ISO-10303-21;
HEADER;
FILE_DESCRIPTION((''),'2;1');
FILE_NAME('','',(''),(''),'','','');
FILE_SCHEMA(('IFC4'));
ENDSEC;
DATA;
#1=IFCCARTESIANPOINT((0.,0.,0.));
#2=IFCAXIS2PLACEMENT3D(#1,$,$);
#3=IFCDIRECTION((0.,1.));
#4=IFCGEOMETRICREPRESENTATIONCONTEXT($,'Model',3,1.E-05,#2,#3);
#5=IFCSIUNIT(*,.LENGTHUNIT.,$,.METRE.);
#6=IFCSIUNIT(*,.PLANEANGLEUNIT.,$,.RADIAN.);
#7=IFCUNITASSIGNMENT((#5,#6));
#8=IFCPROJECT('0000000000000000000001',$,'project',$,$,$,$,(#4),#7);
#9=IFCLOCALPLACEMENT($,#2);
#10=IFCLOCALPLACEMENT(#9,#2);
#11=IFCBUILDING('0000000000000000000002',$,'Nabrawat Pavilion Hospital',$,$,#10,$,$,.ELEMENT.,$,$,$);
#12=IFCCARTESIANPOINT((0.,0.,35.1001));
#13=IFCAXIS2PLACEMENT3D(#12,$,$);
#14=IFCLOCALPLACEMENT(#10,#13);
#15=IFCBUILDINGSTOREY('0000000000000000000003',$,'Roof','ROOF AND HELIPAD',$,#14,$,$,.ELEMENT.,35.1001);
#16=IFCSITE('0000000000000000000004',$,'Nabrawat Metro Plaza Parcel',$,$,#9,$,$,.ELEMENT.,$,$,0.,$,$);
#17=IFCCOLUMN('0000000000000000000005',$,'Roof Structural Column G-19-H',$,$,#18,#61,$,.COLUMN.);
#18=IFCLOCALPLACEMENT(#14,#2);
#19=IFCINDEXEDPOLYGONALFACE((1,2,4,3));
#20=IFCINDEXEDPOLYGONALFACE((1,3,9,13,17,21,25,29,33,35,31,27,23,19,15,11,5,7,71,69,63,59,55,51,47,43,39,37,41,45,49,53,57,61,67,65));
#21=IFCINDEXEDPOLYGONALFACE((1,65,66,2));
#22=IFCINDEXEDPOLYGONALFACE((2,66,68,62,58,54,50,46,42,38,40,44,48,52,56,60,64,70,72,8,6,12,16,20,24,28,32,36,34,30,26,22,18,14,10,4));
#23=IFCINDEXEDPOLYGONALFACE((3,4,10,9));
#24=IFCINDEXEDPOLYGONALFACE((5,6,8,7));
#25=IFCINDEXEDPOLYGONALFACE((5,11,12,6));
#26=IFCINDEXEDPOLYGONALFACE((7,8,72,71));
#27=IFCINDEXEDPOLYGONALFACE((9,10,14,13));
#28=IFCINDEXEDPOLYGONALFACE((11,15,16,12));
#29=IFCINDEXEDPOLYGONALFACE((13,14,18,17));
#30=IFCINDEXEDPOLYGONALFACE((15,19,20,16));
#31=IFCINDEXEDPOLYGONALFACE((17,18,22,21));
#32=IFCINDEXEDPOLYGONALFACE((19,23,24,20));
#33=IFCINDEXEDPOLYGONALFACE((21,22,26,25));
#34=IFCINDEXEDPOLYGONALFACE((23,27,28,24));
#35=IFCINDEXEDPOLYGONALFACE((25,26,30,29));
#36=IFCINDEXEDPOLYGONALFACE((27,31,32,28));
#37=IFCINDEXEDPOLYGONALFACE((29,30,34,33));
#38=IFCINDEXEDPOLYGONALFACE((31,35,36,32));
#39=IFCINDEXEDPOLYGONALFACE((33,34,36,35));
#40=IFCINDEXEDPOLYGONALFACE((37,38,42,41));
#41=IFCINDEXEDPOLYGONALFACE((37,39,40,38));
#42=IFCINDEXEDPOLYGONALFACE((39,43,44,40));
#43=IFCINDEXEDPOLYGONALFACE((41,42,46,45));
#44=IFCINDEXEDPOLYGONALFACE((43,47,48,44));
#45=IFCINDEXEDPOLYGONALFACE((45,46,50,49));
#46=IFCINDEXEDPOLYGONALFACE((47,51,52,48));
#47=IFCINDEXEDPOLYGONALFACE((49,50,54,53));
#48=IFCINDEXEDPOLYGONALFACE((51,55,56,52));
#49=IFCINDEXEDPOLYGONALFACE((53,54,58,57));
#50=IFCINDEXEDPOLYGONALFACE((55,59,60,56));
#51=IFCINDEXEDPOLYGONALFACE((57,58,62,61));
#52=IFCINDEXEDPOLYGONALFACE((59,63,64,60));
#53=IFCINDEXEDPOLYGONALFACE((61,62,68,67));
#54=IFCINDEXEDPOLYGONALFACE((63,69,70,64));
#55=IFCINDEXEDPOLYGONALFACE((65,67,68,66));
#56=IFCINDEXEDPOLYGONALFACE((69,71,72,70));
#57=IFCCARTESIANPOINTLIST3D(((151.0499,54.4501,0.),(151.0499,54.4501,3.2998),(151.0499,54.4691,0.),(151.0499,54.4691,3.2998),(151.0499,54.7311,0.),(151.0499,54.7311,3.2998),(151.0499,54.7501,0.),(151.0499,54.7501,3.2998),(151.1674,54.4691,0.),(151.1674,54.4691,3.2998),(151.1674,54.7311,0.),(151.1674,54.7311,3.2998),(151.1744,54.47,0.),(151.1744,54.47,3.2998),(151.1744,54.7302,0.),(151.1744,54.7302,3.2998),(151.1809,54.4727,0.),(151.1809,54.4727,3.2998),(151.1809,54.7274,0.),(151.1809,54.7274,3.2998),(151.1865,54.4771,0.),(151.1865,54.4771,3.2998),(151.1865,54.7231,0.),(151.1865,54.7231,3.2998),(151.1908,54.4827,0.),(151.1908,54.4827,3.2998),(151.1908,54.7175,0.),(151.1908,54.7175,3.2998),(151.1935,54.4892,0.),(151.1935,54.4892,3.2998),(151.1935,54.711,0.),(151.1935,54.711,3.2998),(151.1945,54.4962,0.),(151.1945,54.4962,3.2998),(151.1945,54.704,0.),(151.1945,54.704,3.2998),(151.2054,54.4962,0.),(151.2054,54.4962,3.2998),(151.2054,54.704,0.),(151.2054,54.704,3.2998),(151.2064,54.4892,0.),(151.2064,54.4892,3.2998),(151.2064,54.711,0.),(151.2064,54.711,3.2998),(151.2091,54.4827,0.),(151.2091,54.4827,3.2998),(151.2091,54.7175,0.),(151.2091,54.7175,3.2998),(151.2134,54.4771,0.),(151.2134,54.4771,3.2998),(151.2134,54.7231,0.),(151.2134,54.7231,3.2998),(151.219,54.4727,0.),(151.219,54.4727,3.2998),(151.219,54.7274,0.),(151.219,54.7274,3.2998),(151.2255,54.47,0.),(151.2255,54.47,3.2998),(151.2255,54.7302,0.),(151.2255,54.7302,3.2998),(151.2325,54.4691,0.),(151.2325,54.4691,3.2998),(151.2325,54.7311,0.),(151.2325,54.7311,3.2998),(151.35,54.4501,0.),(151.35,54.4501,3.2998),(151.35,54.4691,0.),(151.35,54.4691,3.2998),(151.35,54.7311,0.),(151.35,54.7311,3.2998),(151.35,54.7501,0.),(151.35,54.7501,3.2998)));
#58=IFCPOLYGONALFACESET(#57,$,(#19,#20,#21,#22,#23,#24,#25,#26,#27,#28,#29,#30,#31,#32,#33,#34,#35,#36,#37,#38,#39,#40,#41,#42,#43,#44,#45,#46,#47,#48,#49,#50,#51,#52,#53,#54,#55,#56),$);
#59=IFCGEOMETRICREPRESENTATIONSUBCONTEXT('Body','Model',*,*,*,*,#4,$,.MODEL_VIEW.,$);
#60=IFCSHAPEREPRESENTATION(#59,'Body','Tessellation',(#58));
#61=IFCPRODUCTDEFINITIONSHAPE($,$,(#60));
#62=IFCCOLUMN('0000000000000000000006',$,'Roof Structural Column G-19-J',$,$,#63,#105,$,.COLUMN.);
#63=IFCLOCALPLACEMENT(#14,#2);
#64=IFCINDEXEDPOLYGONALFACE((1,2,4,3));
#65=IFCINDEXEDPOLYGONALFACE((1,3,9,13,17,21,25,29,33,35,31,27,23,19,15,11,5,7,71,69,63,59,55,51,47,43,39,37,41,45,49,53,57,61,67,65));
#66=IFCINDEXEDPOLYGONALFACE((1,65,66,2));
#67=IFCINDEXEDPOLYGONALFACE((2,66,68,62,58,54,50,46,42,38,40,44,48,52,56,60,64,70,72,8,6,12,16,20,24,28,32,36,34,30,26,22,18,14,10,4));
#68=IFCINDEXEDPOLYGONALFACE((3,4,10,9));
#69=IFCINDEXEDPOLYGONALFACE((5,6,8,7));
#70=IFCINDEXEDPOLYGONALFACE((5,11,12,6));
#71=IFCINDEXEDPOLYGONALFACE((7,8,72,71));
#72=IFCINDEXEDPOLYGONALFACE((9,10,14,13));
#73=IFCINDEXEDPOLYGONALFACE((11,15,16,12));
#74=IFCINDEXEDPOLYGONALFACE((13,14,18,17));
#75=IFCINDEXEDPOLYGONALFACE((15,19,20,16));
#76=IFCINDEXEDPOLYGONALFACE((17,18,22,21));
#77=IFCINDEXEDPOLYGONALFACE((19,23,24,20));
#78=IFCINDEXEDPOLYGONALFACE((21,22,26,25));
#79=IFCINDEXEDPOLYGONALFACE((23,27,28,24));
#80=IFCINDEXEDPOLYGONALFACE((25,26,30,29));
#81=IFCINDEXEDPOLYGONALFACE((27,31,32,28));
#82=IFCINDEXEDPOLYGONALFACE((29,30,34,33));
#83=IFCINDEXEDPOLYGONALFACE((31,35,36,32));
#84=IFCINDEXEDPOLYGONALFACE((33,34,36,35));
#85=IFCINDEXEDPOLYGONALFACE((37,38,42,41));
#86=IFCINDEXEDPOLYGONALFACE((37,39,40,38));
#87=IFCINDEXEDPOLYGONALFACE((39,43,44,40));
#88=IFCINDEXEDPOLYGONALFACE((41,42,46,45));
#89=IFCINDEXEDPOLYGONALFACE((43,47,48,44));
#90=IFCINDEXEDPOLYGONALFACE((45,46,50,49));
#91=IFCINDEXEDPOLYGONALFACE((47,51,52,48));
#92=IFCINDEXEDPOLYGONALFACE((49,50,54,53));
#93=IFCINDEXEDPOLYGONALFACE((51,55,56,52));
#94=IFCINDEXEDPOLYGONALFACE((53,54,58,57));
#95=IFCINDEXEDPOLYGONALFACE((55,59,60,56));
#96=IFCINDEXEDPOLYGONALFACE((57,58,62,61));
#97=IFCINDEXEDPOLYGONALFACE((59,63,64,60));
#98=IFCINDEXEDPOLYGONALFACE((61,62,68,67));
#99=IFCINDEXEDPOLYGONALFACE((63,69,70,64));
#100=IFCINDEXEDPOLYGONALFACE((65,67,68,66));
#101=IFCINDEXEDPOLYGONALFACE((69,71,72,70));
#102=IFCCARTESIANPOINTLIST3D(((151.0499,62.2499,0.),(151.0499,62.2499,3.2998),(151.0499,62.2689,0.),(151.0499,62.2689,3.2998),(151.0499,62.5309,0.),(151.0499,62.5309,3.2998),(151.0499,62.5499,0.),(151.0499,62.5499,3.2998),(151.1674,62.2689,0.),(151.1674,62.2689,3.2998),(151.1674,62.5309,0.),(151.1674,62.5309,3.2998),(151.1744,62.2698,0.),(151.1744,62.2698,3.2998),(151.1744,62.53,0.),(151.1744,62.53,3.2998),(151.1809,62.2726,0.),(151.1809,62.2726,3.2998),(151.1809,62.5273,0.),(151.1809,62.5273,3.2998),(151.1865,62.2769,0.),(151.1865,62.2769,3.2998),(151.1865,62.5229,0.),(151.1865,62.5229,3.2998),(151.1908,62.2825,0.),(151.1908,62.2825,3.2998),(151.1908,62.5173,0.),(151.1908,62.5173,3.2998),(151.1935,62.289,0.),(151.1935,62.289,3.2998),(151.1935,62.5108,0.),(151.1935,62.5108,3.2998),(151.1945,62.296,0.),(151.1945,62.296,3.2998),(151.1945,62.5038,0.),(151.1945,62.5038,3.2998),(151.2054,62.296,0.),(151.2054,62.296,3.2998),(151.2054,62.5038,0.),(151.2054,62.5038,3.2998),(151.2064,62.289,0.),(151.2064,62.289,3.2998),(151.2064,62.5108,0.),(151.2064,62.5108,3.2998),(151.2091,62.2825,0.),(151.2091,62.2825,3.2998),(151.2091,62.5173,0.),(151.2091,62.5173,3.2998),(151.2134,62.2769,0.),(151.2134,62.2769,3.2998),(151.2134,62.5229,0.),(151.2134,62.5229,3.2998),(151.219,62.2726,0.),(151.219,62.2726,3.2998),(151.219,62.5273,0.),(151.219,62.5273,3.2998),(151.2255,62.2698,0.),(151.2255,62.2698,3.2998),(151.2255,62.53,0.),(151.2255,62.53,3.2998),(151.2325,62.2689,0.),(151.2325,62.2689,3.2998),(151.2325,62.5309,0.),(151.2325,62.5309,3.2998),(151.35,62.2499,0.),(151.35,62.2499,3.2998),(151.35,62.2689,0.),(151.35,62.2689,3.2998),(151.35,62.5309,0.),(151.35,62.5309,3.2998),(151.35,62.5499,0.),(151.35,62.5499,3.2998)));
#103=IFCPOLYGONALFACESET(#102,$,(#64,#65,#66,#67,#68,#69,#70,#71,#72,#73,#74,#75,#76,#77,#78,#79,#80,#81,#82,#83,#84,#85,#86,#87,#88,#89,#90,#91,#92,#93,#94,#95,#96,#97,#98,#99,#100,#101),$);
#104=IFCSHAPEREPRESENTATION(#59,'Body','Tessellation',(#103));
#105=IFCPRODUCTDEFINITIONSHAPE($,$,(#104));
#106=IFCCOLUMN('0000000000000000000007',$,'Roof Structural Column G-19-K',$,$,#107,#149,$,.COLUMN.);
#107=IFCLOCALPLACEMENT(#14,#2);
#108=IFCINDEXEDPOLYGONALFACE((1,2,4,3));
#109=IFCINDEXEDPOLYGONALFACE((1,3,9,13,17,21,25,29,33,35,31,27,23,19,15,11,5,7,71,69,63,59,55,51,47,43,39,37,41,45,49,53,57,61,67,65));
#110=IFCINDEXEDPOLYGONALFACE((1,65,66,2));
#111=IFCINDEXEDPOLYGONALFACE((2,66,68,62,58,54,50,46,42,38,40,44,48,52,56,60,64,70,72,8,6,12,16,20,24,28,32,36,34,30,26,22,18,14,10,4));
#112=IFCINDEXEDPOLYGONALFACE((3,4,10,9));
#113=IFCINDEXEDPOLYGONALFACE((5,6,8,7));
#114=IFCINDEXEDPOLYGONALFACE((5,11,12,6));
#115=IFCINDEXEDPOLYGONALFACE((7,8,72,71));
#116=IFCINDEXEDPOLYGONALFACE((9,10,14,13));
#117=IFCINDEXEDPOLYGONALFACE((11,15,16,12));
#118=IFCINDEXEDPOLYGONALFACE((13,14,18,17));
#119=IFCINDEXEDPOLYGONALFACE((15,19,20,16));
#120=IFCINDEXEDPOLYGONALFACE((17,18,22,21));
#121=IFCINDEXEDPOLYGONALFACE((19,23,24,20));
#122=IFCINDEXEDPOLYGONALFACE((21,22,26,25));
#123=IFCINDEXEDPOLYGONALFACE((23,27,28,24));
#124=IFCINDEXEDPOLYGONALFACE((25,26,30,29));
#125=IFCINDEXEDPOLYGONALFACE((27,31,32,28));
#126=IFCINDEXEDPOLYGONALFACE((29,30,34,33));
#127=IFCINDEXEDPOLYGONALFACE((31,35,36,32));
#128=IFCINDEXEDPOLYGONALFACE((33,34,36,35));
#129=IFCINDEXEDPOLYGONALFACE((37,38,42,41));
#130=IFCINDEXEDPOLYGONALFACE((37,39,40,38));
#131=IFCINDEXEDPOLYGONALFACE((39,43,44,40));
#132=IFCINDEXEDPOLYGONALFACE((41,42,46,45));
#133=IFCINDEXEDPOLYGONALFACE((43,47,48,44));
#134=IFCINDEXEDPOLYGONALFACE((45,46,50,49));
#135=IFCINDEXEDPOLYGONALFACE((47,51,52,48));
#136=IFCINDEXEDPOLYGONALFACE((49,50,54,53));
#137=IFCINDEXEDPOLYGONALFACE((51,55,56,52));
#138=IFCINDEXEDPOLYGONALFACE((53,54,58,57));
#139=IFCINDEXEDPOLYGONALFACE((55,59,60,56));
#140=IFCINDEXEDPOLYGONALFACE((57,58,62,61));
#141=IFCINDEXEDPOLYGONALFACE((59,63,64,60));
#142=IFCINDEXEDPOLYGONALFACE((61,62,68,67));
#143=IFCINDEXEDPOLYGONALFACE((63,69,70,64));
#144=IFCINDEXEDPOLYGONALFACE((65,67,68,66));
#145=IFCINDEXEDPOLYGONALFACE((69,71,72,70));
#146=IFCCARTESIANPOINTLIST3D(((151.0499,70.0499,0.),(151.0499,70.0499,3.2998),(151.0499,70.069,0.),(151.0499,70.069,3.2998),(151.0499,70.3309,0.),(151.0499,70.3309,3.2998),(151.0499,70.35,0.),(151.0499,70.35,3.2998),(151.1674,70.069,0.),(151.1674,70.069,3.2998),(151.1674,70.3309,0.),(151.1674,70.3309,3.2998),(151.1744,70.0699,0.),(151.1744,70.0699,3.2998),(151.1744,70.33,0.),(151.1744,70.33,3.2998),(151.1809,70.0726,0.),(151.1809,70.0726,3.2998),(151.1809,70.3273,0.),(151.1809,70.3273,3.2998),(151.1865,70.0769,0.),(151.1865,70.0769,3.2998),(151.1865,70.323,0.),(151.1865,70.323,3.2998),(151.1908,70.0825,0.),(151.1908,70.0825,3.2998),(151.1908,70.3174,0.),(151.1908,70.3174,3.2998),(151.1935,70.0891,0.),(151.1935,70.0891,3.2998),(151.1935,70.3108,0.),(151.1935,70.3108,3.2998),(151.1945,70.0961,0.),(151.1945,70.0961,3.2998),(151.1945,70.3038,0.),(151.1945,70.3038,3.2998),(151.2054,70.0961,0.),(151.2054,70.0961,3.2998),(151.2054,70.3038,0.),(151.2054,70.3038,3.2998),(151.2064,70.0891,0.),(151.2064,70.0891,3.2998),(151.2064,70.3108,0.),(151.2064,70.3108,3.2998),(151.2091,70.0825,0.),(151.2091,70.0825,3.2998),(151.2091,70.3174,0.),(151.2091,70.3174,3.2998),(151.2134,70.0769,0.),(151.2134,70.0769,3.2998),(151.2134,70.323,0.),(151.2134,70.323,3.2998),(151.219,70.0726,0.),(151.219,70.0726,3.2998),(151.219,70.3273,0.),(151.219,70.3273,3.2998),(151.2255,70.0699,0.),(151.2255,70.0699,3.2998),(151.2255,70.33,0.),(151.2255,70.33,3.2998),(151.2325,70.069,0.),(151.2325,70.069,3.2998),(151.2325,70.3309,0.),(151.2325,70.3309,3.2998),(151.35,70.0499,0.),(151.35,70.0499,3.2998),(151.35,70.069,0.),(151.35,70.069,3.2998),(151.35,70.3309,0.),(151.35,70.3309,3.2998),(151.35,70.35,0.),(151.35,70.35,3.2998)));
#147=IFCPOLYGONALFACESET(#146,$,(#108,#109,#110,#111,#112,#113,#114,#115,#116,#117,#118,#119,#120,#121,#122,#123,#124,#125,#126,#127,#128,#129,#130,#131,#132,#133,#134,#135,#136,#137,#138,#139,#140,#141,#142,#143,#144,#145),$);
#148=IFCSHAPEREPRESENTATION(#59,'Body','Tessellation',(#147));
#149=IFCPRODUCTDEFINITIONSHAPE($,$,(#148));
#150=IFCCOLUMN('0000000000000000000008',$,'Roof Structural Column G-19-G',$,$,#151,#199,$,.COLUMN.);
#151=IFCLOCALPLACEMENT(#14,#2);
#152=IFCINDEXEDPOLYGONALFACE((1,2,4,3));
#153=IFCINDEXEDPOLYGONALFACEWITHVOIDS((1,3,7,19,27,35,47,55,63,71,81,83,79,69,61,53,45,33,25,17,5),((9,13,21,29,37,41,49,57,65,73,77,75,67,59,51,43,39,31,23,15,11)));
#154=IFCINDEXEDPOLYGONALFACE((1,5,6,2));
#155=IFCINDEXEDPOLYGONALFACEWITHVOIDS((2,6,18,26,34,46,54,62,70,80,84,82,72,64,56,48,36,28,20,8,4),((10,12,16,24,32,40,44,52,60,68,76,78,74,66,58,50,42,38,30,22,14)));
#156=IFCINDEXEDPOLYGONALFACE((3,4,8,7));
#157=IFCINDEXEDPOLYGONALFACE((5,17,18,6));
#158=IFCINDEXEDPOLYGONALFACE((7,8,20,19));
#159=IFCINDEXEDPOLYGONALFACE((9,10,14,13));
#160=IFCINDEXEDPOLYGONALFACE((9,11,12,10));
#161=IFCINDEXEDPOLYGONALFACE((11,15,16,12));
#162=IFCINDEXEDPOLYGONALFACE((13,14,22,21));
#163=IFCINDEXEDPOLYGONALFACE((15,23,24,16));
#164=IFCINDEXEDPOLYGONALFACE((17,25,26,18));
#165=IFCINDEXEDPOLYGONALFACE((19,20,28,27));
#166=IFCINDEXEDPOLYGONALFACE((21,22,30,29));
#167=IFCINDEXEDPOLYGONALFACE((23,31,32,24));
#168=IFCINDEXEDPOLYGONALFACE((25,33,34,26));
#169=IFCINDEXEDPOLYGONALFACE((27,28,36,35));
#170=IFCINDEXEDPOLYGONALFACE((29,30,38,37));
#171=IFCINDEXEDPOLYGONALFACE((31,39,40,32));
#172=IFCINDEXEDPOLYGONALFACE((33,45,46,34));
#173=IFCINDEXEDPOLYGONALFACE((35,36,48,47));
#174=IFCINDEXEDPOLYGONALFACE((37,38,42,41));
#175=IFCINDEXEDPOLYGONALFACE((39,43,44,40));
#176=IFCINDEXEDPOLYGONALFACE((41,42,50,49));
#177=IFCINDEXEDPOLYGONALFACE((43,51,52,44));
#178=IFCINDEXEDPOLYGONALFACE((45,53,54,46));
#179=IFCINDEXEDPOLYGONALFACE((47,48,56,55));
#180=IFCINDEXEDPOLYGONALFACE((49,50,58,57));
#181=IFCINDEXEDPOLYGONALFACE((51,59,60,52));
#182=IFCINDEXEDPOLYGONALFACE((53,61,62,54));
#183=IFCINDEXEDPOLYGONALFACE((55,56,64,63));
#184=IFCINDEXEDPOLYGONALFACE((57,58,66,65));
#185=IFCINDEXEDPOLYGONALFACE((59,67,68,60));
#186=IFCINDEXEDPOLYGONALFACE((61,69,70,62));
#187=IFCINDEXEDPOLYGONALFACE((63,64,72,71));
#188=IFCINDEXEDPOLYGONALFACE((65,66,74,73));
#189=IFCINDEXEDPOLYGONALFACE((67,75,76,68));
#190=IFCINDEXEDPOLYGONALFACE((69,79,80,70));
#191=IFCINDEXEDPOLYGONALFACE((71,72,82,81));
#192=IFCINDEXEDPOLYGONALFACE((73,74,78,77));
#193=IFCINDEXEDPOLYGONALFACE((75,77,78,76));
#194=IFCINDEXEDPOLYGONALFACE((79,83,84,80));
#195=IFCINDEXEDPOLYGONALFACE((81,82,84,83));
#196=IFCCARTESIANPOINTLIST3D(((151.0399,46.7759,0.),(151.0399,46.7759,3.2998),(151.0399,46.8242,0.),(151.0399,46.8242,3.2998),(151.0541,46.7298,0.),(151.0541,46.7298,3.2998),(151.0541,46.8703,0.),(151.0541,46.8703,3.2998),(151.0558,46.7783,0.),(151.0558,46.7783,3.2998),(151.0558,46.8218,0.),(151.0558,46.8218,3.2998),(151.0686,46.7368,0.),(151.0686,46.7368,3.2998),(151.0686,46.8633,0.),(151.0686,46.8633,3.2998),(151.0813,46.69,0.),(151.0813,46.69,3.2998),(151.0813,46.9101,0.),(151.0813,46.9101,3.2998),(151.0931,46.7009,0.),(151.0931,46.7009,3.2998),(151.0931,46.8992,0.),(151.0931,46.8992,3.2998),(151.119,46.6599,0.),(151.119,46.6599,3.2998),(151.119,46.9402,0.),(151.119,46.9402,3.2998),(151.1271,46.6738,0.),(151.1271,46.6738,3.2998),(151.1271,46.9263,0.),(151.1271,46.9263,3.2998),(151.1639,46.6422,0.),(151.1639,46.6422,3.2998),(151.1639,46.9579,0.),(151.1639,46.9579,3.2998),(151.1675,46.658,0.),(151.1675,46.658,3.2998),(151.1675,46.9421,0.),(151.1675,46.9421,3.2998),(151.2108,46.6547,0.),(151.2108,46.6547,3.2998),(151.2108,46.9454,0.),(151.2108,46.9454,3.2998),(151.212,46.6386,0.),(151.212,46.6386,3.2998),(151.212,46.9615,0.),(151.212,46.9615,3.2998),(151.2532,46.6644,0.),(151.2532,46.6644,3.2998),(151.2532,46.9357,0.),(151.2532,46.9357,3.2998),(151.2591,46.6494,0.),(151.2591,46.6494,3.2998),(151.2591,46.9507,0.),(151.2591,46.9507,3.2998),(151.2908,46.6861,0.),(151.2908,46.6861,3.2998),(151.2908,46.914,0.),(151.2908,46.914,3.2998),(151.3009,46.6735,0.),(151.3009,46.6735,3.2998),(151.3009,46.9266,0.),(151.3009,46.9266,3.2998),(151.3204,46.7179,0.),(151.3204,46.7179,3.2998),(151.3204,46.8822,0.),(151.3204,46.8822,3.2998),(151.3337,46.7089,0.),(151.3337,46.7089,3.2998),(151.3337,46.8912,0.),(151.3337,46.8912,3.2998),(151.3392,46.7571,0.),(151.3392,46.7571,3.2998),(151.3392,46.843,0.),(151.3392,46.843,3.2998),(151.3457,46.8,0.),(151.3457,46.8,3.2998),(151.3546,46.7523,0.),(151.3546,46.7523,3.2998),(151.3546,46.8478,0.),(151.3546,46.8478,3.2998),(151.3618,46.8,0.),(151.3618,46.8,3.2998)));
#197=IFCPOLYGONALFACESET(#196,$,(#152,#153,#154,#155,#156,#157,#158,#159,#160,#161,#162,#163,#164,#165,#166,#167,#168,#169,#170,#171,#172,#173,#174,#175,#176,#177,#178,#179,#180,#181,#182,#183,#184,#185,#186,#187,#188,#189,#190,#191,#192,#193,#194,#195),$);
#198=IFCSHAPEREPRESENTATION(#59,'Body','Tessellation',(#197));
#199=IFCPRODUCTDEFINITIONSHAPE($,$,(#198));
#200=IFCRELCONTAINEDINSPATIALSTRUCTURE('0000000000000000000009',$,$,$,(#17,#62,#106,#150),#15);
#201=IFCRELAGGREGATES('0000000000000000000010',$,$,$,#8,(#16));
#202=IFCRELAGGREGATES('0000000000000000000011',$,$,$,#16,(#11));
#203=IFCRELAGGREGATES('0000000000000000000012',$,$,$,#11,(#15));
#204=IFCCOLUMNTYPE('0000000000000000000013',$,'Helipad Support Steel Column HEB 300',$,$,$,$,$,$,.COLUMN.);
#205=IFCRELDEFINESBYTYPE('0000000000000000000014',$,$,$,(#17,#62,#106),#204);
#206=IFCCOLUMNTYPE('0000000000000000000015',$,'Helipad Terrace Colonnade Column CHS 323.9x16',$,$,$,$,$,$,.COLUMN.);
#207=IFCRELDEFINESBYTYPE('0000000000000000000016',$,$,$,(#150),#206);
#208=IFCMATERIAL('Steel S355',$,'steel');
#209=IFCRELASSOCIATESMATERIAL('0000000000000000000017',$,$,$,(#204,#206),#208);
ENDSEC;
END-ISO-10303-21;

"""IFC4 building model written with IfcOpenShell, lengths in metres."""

from ifc_helpers import new_model, si_unit, direction, frame, origin, origin_2d, place, context, subcontext, project, spatial, hollow_circle, i_section, extrude, material, material_profile, profile_set, type_object, element, save


model = new_model("IFC4")

# Units and contexts
model_context = context("Model", 3, precision=1e-05, world=origin(), true_north=direction((0.0, 1.0)))
body_context = subcontext(model_context, "Body", "Model", "MODEL_VIEW")
ifc_project = project(units=[si_unit("LENGTHUNIT", "METRE"), si_unit("PLANEANGLEUNIT", "RADIAN")], contexts=[model_context])

# Site, building, storey
site_placement = place(None, origin())
site = spatial("IfcSite", under=ifc_project, at=site_placement, Name="Nabrawat Metro Plaza Parcel", CompositionType="ELEMENT", RefElevation=0.0)
building_placement = place(site_placement, origin())
building = spatial("IfcBuilding", under=site, at=building_placement, Name="Nabrawat Pavilion Hospital", CompositionType="ELEMENT")
storey_placement = place(building_placement, frame((0.0, 0.0, 35.1001)))
storey = spatial("IfcBuildingStorey", under=building, at=storey_placement, Name="Roof", Description="ROOF AND HELIPAD", CompositionType="ELEMENT", Elevation=35.1001)

# Columns
ifc_material_1 = material(Name="Steel S355", Category="steel")
ifc_material_profile_1 = material_profile(ifc_material_1, i_section(OverallWidth=0.3, OverallDepth=0.3, WebThickness=0.011, FlangeThickness=0.019, FilletRadius=0.0271, at=origin_2d()), Name="HEB 300")
ifc_profile_set_1 = profile_set([ifc_material_profile_1], Name="Steel S355")
column_type_1 = type_object("IfcColumnType", Name="Helipad Support Steel Column HEB 300", PredefinedType="COLUMN", material=ifc_profile_set_1)
for number, where, z_axis, x_axis, name in (
    (1, (151.2, 54.6001, 0.0), (0.0, 0.0, 1.0), (1.0, 0.0, 0.0), "Roof Structural Column G-19-H"),
    (2, (151.2, 62.3999, 0.0), (0.0, 0.0, 1.0), (1.0, 0.0, 0.0), "Roof Structural Column G-19-J"),
    (3, (151.2, 70.2, 0.0), (0.0, 0.0, 1.0), (1.0, 0.0, 0.0), "Roof Structural Column G-19-K"),
):
    element("IfcColumn", number, at=place(storey_placement, frame(where, z_axis=z_axis, x_axis=x_axis)), inside=storey, type_object=column_type_1, Name=name, PredefinedType="COLUMN", context=body_context, shape_type="SweptSolid", body=[
        extrude(i_section(OverallWidth=0.3, OverallDepth=0.3, WebThickness=0.011, FlangeThickness=0.019, FilletRadius=0.0271, at=origin_2d()), origin(), (0.0, 0.0, 1.0), 3.2998),
    ])
ifc_material_profile_2 = material_profile(ifc_material_1, hollow_circle(Radius=0.1619, WallThickness=0.0161, at=origin_2d()), Name="CHS 323.9x16")
ifc_profile_set_2 = profile_set([ifc_material_profile_2], Name="Steel S355")
column_type_2 = type_object("IfcColumnType", Name="Helipad Terrace Colonnade Column CHS 323.9x16", PredefinedType="COLUMN", material=ifc_profile_set_2)
for number, where, z_axis, x_axis, name in (
    (4, (151.2, 46.8, 0.0), (0.0, 0.0, 1.0), (1.0, 0.0, 0.0), "Roof Structural Column G-19-G"),
):
    element("IfcColumn", number, at=place(storey_placement, frame(where, z_axis=z_axis, x_axis=x_axis)), inside=storey, type_object=column_type_2, Name=name, PredefinedType="COLUMN", context=body_context, shape_type="SweptSolid", body=[
        extrude(hollow_circle(Radius=0.1619, WallThickness=0.0161, at=origin_2d()), origin(), (0.0, 0.0, 1.0), 3.2998),
    ])

save(model, "model.ifc")
